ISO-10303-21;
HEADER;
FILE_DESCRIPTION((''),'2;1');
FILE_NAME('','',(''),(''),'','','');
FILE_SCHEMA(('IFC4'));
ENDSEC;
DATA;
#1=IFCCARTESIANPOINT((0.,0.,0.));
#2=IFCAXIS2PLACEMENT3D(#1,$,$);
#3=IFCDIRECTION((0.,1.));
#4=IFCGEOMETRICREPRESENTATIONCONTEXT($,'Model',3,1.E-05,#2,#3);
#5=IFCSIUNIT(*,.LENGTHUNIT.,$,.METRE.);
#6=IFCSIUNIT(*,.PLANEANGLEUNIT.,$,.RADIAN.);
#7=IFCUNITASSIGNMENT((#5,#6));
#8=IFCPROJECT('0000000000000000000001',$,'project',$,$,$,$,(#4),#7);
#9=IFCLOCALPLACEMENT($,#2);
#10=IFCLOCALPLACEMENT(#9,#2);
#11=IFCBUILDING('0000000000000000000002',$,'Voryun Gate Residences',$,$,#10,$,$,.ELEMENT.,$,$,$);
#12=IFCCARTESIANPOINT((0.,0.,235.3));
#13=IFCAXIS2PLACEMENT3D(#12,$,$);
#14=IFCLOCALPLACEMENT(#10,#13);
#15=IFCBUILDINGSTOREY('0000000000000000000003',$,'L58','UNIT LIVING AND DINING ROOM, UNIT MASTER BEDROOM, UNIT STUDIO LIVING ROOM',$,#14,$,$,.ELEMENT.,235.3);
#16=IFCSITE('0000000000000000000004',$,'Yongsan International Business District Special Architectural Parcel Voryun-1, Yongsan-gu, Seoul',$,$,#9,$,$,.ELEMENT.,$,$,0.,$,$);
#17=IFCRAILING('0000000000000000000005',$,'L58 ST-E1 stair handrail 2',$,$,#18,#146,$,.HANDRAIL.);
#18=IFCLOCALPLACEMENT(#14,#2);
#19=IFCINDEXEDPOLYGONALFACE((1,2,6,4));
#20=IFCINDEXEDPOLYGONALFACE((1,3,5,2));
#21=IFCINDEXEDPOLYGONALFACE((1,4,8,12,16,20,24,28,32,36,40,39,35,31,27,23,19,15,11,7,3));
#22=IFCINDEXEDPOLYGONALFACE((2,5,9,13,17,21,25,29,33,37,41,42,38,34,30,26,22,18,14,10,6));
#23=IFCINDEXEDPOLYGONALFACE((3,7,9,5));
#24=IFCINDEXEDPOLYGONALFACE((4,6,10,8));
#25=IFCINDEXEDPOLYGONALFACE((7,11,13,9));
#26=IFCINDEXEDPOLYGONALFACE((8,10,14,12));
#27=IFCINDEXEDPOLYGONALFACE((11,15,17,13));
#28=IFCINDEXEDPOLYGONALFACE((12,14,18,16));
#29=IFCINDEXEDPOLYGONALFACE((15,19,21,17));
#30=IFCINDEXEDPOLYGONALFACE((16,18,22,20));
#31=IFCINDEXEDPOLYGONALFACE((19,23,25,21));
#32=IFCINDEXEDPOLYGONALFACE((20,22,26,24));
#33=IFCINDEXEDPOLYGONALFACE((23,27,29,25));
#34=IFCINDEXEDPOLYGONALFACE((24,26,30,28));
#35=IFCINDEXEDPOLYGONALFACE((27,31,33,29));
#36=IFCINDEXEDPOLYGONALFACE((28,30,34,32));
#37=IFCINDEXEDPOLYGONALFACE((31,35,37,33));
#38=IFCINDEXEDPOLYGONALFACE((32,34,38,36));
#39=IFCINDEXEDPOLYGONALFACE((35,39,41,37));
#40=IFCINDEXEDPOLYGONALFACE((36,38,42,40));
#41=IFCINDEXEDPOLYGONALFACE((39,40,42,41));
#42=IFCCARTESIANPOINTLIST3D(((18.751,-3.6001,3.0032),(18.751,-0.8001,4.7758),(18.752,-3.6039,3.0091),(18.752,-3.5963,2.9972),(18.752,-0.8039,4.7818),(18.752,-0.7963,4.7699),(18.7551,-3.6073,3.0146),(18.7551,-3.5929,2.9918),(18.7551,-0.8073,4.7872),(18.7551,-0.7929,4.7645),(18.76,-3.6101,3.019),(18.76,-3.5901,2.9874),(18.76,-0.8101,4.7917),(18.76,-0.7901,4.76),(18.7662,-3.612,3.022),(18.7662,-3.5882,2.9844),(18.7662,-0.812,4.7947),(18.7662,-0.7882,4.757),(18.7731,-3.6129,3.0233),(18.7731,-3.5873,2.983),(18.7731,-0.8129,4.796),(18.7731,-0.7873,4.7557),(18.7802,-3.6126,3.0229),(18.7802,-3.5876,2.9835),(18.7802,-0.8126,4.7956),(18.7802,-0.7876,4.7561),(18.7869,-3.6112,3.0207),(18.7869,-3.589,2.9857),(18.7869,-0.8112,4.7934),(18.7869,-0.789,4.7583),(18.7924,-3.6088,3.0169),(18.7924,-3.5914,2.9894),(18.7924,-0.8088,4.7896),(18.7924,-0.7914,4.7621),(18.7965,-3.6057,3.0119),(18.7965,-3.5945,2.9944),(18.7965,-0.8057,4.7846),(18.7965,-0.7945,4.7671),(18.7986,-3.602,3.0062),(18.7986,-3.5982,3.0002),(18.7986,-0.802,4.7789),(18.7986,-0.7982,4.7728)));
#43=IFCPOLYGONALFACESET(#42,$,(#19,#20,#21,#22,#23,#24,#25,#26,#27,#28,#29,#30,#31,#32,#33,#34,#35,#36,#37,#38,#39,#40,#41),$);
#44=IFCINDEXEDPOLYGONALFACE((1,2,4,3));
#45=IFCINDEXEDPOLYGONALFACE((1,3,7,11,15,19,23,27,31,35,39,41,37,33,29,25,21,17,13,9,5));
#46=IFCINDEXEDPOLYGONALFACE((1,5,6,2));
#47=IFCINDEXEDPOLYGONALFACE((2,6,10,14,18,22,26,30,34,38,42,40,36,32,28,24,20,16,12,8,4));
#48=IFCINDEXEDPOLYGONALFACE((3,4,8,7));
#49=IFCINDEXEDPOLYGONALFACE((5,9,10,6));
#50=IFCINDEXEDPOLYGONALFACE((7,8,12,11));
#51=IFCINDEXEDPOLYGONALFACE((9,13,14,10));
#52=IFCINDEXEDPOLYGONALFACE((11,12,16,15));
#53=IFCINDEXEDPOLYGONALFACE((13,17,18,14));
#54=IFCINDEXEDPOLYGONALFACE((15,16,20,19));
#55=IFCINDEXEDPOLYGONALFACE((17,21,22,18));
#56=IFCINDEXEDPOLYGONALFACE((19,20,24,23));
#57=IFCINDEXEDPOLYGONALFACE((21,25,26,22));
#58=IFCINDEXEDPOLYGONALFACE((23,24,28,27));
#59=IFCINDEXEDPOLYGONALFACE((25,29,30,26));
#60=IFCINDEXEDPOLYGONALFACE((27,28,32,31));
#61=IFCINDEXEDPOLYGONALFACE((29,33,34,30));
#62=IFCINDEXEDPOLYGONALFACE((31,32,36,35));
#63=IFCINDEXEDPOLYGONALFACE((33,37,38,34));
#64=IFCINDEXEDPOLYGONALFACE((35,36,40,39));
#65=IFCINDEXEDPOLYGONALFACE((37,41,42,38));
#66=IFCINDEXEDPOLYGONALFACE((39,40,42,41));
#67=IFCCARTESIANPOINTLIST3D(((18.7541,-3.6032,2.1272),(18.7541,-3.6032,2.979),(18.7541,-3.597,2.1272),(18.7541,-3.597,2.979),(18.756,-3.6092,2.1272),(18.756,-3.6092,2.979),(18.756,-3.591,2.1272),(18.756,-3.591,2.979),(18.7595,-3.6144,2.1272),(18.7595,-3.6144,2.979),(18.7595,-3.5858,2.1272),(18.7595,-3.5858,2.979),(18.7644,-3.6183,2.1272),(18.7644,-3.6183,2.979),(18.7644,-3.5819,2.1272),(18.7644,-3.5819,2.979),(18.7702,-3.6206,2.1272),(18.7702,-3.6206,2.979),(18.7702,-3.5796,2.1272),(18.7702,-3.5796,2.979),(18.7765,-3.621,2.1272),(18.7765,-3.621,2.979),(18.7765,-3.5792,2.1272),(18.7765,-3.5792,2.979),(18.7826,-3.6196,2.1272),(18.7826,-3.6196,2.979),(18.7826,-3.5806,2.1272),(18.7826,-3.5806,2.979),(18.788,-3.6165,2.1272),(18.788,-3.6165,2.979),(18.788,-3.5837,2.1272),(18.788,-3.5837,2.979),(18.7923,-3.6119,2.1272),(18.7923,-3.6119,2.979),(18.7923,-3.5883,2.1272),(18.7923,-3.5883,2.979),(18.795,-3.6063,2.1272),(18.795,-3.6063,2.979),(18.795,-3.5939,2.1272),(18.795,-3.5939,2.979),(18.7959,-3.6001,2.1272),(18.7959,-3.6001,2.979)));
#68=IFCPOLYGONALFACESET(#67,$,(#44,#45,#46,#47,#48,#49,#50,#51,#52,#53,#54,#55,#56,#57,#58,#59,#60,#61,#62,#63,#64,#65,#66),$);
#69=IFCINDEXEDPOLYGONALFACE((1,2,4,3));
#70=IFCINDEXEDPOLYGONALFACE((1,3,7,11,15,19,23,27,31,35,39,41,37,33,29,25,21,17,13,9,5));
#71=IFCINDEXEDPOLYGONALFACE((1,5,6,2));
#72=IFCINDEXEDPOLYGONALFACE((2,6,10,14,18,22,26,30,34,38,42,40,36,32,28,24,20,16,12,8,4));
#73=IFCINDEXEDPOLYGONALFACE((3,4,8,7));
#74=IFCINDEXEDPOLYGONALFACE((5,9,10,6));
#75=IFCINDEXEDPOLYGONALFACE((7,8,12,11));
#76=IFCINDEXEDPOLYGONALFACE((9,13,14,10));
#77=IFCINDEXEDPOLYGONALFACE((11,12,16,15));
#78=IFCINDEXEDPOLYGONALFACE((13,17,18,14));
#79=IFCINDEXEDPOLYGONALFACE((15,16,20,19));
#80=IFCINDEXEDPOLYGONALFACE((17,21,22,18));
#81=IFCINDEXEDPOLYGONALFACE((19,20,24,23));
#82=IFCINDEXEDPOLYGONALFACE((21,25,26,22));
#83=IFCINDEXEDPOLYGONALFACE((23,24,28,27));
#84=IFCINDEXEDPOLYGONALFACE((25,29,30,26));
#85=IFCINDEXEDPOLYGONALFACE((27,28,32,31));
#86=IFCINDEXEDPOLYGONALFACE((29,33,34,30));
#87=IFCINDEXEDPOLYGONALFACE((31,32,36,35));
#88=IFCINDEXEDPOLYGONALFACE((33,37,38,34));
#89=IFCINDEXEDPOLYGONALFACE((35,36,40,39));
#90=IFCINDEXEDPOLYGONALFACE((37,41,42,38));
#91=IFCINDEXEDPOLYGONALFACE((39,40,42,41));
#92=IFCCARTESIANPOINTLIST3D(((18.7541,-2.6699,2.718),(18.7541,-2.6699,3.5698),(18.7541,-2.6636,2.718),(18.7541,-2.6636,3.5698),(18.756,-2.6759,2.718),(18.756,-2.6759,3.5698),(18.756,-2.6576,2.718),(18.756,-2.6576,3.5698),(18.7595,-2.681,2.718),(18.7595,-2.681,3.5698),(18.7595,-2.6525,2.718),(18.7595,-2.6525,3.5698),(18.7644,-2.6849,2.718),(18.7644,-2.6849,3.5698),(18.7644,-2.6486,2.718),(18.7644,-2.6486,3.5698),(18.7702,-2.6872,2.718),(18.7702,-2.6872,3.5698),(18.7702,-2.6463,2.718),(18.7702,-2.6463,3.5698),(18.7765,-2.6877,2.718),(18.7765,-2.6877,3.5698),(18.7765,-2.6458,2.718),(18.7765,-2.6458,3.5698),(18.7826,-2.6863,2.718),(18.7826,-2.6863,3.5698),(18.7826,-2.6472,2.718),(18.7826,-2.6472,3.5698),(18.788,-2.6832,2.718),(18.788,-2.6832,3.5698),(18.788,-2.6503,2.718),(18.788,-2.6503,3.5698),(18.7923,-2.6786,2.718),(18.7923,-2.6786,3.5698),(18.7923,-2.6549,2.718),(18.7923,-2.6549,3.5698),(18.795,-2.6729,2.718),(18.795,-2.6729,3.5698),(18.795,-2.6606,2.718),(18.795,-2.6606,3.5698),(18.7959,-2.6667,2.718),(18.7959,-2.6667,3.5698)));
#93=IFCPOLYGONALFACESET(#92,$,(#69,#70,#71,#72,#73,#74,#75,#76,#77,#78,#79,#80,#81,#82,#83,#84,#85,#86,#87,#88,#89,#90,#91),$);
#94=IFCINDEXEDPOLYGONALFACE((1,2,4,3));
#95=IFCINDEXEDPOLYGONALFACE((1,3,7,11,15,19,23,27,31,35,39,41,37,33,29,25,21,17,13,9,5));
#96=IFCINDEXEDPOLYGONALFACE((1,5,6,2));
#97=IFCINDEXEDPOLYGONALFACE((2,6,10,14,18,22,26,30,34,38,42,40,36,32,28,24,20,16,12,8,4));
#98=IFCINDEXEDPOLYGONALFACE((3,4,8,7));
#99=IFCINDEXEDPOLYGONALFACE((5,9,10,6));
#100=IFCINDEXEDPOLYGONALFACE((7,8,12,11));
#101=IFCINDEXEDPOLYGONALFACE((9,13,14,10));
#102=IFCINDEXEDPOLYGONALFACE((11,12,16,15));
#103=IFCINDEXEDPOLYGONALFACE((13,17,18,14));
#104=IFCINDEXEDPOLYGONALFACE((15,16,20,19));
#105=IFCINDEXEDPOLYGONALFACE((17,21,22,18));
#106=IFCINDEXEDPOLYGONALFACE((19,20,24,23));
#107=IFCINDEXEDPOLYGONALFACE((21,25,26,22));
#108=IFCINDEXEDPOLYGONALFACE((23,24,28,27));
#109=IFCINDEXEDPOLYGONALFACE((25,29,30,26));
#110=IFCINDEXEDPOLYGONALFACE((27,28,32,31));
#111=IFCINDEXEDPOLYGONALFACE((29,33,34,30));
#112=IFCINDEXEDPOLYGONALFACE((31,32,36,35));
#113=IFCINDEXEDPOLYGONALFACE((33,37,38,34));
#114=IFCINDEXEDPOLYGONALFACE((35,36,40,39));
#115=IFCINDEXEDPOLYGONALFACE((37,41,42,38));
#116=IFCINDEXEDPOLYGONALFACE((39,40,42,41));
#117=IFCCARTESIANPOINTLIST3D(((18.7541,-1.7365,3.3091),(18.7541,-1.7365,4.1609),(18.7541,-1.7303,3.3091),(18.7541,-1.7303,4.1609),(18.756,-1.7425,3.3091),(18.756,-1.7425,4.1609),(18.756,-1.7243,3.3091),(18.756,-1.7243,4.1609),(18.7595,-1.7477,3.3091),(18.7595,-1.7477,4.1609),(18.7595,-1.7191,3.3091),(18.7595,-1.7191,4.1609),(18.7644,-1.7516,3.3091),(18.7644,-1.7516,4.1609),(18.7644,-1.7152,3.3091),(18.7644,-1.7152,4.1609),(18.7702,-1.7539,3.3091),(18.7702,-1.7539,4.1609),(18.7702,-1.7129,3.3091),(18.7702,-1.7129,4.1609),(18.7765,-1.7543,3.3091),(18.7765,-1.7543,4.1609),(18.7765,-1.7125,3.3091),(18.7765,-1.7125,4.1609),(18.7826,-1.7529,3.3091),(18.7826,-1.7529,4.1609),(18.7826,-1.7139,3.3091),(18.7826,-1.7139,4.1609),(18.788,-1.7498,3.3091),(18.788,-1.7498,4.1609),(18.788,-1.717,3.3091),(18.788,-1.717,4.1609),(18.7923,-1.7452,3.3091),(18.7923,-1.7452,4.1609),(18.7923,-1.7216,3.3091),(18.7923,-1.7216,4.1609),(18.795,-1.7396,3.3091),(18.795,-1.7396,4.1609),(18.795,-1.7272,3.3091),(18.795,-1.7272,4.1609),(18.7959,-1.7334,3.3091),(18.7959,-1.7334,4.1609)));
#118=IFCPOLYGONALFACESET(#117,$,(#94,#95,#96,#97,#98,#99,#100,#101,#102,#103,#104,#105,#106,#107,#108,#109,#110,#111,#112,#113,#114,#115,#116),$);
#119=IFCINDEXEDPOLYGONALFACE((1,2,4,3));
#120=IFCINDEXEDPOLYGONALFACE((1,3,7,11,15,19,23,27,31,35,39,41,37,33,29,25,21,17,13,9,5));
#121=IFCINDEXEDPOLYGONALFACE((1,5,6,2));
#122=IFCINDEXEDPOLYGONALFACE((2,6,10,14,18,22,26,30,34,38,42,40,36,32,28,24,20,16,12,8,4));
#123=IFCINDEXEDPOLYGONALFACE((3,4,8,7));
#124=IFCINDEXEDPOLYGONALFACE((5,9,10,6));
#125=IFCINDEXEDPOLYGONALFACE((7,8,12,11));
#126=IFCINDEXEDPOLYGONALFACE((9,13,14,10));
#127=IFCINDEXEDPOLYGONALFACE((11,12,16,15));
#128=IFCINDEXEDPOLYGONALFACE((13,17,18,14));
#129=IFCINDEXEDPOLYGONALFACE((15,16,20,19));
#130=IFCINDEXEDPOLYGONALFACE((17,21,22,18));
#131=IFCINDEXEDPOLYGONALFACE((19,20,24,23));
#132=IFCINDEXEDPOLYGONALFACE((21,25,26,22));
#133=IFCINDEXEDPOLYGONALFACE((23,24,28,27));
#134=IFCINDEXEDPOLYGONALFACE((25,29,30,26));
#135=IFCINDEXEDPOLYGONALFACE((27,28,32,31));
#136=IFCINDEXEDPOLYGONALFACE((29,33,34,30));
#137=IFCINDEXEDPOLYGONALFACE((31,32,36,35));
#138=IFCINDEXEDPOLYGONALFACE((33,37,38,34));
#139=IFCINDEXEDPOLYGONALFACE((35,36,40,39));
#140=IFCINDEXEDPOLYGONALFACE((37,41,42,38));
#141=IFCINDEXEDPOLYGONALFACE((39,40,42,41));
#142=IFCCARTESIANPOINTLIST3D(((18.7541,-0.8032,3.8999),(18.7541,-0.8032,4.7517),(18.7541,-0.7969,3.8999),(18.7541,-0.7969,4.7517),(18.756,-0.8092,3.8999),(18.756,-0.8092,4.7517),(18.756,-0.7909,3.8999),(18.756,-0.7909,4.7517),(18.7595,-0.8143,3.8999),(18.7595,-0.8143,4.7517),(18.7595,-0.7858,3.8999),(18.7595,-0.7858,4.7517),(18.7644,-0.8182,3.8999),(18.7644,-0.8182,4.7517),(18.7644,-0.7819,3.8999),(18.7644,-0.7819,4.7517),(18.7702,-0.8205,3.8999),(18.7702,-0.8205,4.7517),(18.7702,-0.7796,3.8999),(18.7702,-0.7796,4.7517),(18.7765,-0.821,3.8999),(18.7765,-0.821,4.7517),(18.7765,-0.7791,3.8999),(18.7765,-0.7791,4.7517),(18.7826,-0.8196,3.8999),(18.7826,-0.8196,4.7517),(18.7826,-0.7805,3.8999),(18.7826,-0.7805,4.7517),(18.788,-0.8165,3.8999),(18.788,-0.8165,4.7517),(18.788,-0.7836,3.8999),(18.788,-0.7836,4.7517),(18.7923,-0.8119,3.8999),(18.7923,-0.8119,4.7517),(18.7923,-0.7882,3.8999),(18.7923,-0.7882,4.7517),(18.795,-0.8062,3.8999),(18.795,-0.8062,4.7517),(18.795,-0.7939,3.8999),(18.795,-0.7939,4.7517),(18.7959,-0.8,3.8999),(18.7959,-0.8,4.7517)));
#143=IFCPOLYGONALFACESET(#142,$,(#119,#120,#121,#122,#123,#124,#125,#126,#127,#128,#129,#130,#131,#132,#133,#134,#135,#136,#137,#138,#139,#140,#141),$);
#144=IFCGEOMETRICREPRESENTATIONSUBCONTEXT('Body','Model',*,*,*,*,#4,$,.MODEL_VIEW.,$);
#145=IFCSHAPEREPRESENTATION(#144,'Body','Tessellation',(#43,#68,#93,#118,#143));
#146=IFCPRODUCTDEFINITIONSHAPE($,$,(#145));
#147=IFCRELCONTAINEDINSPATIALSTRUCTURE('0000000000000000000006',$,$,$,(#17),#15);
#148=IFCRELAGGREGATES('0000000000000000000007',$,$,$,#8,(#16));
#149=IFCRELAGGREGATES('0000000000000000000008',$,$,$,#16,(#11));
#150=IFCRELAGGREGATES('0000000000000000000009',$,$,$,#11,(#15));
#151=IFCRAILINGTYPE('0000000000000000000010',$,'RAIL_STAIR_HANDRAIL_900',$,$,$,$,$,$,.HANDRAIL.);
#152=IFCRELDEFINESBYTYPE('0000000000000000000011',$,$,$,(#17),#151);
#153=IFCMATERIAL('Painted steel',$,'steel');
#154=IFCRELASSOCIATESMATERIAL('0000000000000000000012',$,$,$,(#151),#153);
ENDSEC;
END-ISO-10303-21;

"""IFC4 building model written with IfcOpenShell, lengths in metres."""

from ifc_helpers import new_model, si_unit, direction, frame, origin, origin_2d, place, context, subcontext, project, spatial, circle, extrude, material, type_object, element, save


model = new_model("IFC4")

# Units and contexts
model_context = context("Model", 3, precision=1e-05, world=origin(), true_north=direction((0.0, 1.0)))
body_context = subcontext(model_context, "Body", "Model", "MODEL_VIEW")
ifc_project = project(units=[si_unit("LENGTHUNIT", "METRE"), si_unit("PLANEANGLEUNIT", "RADIAN")], contexts=[model_context])

# Site, building, storey
site_placement = place(None, origin())
site = spatial("IfcSite", under=ifc_project, at=site_placement, Name="Yongsan International Business District Special Architectural Parcel Voryun-1, Yongsan-gu, Seoul", CompositionType="ELEMENT", RefElevation=0.0)
building_placement = place(site_placement, origin())
building = spatial("IfcBuilding", under=site, at=building_placement, Name="Voryun Gate Residences", CompositionType="ELEMENT")
storey_placement = place(building_placement, frame((0.0, 0.0, 235.3)))
storey = spatial("IfcBuildingStorey", under=building, at=storey_placement, Name="L58", Description="UNIT LIVING AND DINING ROOM, UNIT MASTER BEDROOM, UNIT STUDIO LIVING ROOM", CompositionType="ELEMENT", Elevation=235.3)

# Railing
ifc_material_1 = material(Name="Painted steel", Category="steel")
railing_type_1 = type_object("IfcRailingType", Name="RAIL_STAIR_HANDRAIL_900", PredefinedType="HANDRAIL", material=ifc_material_1)
railing_1_placement = place(storey_placement, frame((18.7749, -3.6001, 2.1272)))
element("IfcRailing", 1, at=railing_1_placement, inside=storey, type_object=railing_type_1, Name="L58 ST-E1 stair handrail 2", PredefinedType="HANDRAIL", context=body_context, shape_type="SweptSolid", body=[
    extrude(circle(Radius=0.0239, at=origin_2d()), frame((0.0, 0.0, 0.876), z_axis=(0.0, 0.844909, 0.53491), x_axis=(-1.0, 0.0, 0.0)), (0.0, 0.0, 1.0), 3.314),
    extrude(circle(Radius=0.021, at=origin_2d()), origin(), (0.0, 0.0, 1.0), 0.8518),
    extrude(circle(Radius=0.021, at=origin_2d()), frame((0.0, 0.9333, 0.5908)), (0.0, 0.0, 1.0), 0.8518),
    extrude(circle(Radius=0.021, at=origin_2d()), frame((0.0, 1.8667, 1.1819)), (0.0, 0.0, 1.0), 0.8518),
    extrude(circle(Radius=0.021, at=origin_2d()), frame((0.0, 2.8, 1.7727)), (0.0, 0.0, 1.0), 0.8518),
])

save(model, "model.ifc")
